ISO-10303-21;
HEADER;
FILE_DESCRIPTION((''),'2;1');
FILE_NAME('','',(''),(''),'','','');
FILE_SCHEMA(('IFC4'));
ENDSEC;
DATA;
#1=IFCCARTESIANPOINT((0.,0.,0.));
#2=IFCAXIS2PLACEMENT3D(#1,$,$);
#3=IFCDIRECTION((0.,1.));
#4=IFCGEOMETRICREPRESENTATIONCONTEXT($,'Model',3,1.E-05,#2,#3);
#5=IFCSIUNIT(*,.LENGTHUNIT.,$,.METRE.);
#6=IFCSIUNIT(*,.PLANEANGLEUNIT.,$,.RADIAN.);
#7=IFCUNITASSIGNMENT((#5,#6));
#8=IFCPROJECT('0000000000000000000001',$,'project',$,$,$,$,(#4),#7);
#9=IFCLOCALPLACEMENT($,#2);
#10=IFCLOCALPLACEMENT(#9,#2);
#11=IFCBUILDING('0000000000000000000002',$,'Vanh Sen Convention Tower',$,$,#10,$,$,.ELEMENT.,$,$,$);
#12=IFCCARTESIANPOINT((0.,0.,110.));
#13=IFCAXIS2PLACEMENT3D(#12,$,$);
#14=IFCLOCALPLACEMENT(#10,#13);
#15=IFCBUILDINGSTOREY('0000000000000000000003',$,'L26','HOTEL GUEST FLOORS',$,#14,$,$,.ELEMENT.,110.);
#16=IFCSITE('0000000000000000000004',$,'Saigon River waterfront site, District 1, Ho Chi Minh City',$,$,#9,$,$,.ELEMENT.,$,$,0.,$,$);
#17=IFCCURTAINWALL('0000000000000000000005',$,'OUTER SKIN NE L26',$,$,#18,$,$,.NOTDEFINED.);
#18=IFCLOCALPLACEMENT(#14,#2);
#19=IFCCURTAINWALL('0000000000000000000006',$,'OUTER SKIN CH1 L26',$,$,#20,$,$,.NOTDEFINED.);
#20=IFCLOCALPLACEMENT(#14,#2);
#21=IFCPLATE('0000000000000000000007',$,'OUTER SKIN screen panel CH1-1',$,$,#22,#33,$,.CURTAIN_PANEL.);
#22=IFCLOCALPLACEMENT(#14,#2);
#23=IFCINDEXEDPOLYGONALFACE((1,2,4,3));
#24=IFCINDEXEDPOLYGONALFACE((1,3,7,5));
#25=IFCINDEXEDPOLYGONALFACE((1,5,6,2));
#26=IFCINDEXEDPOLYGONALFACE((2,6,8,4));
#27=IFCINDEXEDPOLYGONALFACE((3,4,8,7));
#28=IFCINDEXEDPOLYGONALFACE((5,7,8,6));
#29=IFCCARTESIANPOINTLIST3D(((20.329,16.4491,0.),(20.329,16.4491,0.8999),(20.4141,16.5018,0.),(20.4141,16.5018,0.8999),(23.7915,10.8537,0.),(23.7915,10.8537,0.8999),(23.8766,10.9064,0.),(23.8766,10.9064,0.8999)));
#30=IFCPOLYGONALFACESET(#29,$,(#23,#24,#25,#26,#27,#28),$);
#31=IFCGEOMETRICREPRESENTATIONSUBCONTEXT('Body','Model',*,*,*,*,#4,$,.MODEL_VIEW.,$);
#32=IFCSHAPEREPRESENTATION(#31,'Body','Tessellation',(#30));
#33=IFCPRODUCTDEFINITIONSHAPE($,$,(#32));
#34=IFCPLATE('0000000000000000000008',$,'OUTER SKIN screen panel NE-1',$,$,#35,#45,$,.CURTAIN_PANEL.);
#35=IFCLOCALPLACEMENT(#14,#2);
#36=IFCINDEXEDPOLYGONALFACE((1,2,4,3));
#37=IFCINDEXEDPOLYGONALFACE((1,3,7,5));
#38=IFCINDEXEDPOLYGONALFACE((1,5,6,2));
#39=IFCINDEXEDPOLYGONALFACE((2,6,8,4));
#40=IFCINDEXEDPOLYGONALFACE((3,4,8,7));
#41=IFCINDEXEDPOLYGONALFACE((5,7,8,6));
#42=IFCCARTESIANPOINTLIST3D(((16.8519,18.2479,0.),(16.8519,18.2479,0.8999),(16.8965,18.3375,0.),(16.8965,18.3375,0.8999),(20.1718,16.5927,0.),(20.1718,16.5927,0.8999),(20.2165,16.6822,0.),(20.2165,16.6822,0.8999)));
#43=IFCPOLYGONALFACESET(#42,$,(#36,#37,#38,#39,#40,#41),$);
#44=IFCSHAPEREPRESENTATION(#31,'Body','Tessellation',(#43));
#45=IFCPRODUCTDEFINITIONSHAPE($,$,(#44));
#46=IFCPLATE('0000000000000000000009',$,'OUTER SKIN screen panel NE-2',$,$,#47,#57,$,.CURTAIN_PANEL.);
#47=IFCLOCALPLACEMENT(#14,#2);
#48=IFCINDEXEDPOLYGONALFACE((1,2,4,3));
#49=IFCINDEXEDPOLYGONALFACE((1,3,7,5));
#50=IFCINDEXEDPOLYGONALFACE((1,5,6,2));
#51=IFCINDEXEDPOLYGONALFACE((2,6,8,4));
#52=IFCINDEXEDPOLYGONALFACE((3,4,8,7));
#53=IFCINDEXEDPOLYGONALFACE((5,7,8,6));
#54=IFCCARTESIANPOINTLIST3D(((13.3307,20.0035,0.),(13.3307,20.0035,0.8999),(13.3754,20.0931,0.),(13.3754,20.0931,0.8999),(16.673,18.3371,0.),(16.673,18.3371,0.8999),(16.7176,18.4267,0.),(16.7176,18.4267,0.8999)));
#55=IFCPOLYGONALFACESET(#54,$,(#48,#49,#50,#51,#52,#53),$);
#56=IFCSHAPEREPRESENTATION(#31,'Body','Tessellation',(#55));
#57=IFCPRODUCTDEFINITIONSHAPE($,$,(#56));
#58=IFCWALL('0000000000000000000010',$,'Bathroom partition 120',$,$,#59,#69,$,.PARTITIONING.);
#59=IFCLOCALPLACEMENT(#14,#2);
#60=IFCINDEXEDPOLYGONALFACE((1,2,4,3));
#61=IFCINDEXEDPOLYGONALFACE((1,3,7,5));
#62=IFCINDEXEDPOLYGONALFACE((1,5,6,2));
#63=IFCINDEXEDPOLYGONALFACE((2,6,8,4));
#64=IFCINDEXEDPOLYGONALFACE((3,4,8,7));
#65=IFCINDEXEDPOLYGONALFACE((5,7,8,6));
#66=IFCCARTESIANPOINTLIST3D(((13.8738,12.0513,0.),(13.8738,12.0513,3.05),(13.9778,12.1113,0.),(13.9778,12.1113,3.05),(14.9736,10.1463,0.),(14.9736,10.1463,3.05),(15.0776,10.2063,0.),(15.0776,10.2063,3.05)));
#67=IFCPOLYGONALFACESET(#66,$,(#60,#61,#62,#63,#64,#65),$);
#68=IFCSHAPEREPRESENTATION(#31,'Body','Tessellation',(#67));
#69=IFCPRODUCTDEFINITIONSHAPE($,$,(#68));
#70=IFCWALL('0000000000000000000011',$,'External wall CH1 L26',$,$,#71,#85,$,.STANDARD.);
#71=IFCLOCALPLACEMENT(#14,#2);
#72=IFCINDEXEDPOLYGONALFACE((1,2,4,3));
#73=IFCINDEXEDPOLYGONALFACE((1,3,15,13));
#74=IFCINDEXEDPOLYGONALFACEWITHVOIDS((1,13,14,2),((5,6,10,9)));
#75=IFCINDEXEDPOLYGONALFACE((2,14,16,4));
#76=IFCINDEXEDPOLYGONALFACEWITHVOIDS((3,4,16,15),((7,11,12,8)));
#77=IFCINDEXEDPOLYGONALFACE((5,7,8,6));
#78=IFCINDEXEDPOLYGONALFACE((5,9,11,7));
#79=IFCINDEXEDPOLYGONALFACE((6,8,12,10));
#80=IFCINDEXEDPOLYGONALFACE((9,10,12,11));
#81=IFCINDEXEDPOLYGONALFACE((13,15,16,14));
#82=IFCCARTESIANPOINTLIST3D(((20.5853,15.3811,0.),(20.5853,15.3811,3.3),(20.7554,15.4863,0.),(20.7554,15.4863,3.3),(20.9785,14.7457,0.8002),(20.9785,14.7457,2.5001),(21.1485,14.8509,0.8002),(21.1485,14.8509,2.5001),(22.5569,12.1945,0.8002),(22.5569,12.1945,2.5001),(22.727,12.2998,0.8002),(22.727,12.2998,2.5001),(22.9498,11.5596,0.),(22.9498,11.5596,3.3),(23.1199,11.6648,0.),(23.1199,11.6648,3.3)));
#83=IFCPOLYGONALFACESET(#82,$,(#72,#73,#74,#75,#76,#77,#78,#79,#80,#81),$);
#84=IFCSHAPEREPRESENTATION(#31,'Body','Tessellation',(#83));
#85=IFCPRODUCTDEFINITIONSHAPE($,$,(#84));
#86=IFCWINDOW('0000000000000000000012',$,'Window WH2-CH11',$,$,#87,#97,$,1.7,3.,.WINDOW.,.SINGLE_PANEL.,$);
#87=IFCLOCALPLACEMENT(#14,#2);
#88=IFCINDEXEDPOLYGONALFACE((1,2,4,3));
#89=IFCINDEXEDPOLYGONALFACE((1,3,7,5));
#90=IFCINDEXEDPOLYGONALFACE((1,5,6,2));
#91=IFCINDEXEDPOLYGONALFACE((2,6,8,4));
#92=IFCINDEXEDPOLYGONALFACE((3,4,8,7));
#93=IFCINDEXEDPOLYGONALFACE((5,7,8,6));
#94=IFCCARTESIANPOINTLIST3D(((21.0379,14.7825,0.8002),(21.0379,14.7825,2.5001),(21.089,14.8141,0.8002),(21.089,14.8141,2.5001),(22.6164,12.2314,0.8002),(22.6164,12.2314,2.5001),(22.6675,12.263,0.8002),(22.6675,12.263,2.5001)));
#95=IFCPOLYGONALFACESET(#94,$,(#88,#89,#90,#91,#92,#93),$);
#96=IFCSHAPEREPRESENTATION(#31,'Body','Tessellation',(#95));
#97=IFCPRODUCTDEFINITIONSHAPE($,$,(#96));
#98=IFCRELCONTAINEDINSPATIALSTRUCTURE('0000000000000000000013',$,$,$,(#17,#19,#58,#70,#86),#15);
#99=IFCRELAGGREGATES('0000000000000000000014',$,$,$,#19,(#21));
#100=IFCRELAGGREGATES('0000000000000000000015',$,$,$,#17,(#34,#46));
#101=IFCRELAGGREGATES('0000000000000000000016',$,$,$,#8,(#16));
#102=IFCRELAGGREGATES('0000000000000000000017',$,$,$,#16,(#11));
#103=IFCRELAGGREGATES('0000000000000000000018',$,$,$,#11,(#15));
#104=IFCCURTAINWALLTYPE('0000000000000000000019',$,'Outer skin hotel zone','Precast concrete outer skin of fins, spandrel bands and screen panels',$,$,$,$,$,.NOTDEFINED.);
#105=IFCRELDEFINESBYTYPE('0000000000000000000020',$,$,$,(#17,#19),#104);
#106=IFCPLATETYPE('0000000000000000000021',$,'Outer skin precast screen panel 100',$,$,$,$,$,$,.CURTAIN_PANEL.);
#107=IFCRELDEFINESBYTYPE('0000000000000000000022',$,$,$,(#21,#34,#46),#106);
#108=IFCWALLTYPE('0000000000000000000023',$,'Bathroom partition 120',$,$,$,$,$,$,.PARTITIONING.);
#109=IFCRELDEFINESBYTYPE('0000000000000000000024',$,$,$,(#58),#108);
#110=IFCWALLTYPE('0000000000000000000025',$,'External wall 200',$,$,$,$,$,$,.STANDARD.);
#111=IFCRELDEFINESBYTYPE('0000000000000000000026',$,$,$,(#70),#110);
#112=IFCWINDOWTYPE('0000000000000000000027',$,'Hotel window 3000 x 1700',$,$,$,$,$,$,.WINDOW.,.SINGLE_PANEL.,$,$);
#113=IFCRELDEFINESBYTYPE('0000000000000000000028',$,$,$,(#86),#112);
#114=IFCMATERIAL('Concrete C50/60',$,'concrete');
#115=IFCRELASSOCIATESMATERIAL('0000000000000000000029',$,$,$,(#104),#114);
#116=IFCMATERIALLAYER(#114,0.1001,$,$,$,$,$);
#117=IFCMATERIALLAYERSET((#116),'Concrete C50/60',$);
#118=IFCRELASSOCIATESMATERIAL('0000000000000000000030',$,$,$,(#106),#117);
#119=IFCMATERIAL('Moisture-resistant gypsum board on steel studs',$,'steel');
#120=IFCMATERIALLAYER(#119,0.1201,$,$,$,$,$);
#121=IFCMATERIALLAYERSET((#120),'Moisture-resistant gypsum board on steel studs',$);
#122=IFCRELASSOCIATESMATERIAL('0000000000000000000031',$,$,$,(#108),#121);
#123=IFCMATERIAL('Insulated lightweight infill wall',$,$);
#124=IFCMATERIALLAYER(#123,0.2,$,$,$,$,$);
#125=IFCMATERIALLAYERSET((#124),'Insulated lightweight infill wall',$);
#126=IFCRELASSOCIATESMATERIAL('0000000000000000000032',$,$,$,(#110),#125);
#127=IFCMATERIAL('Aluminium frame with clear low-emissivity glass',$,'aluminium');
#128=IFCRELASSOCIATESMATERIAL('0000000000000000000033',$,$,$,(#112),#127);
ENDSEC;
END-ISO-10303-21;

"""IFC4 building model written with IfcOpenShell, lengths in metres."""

from ifc_helpers import new_model, si_unit, direction, frame, frame_2d, origin, origin_2d, place, context, subcontext, project, spatial, rectangle, extrude, material, layer, layer_set, type_object, element, fill, aggregate, save


model = new_model("IFC4")

# Units and contexts
model_context = context("Model", 3, precision=1e-05, world=origin(), true_north=direction((0.0, 1.0)))
body_context = subcontext(model_context, "Body", "Model", "MODEL_VIEW")
ifc_project = project(units=[si_unit("LENGTHUNIT", "METRE"), si_unit("PLANEANGLEUNIT", "RADIAN")], contexts=[model_context])

# Site, building, storey
site_placement = place(None, origin())
site = spatial("IfcSite", under=ifc_project, at=site_placement, Name="Saigon River waterfront site, District 1, Ho Chi Minh City", CompositionType="ELEMENT", RefElevation=0.0)
building_placement = place(site_placement, origin())
building = spatial("IfcBuilding", under=site, at=building_placement, Name="Vanh Sen Convention Tower", CompositionType="ELEMENT")
storey_placement = place(building_placement, frame((0.0, 0.0, 110.0)))
storey = spatial("IfcBuildingStorey", under=building, at=storey_placement, Name="L26", Description="HOTEL GUEST FLOORS", CompositionType="ELEMENT", Elevation=110.0)

# Curtain wall
ifc_material_1 = material(Name="Concrete C50/60", Category="concrete")
curtain_wall_type = type_object("IfcCurtainWallType", Name="Outer skin hotel zone", Description="Precast concrete outer skin of fins, spandrel bands and screen panels", PredefinedType="NOTDEFINED", material=ifc_material_1)
curtain_wall_1_placement = place(storey_placement, origin())
curtain_wall_1 = element("IfcCurtainWall", 1, at=curtain_wall_1_placement, inside=storey, type_object=curtain_wall_type, Name="OUTER SKIN NE L26", PredefinedType="NOTDEFINED")

# Curtain wall, plate
curtain_wall_2_placement = place(storey_placement, origin())
curtain_wall_2 = element("IfcCurtainWall", 2, at=curtain_wall_2_placement, inside=storey, type_object=curtain_wall_type, Name="OUTER SKIN CH1 L26", PredefinedType="NOTDEFINED")
ifc_layer_1 = layer(ifc_material_1, 0.1001)
ifc_layer_set_1 = layer_set([ifc_layer_1], Name="Concrete C50/60")
plate_type = type_object("IfcPlateType", Name="Outer skin precast screen panel 100", PredefinedType="CURTAIN_PANEL", material=ifc_layer_set_1)
plate_1_placement = place(storey_placement, frame((22.1028, 13.6777, 0.0), z_axis=(0.0, 0.0, 1.0), x_axis=(-0.526212, 0.850353, 0.0)))
plate_1 = element("IfcPlate", 3, at=plate_1_placement, type_object=plate_type, Name="OUTER SKIN screen panel CH1-1", PredefinedType="CURTAIN_PANEL", context=body_context, shape_type="SweptSolid", body=[
    extrude(rectangle(XDim=6.5801, YDim=0.1001, at=origin_2d()), origin(), (0.0, 0.0, 1.0), 0.8999),
])
aggregate(curtain_wall_2, [plate_1])

# Plates
plate_2_placement = place(storey_placement, frame((18.5342, 17.4651, 0.0), z_axis=(0.0, 0.0, 1.0), x_axis=(-0.894935, 0.446196, 0.0)))
plate_2 = element("IfcPlate", 4, at=plate_2_placement, type_object=plate_type, Name="OUTER SKIN screen panel NE-1", PredefinedType="CURTAIN_PANEL", context=body_context, shape_type="SweptSolid", body=[
    extrude(rectangle(XDim=3.7097, YDim=0.1001, at=origin_2d()), origin(), (0.0, 0.0, 1.0), 0.8999),
])
plate_3_placement = place(storey_placement, frame((15.0242, 19.2151, 0.0), z_axis=(0.0, 0.0, 1.0), x_axis=(-0.894935, 0.446196, 0.0)))
plate_3 = element("IfcPlate", 5, at=plate_3_placement, type_object=plate_type, Name="OUTER SKIN screen panel NE-2", PredefinedType="CURTAIN_PANEL", context=body_context, shape_type="SweptSolid", body=[
    extrude(rectangle(XDim=3.7346, YDim=0.1001, at=origin_2d()), origin(), (0.0, 0.0, 1.0), 0.8999),
])
aggregate(curtain_wall_1, [plate_2, plate_3])

# Wall
ifc_material_2 = material(Name="Moisture-resistant gypsum board on steel studs", Category="steel")
ifc_layer_2 = layer(ifc_material_2, 0.1201)
ifc_layer_set_2 = layer_set([ifc_layer_2], Name="Moisture-resistant gypsum board on steel studs")
wall_type_1 = type_object("IfcWallType", Name="Bathroom partition 120", PredefinedType="PARTITIONING", material=ifc_layer_set_2)
wall_1_placement = place(storey_placement, frame((13.9258, 12.0813, 0.0), z_axis=(0.0, 0.0, 1.0), x_axis=(0.499995, -0.866028, 0.0)))
element("IfcWall", 6, at=wall_1_placement, inside=storey, type_object=wall_type_1, Name="Bathroom partition 120", PredefinedType="PARTITIONING", context=body_context, shape_type="SweptSolid", body=[
    extrude(rectangle(XDim=2.1997, YDim=0.1201, at=frame_2d((1.0999, 0.0))), origin(), (0.0, 0.0, 1.0), 3.05),
])

# Wall, opening, window
ifc_material_3 = material(Name="Insulated lightweight infill wall")
ifc_layer_3 = layer(ifc_material_3, 0.2)
ifc_layer_set_3 = layer_set([ifc_layer_3], Name="Insulated lightweight infill wall")
wall_type_2 = type_object("IfcWallType", Name="External wall 200", PredefinedType="STANDARD", material=ifc_layer_set_3)
wall_2_placement = place(storey_placement, frame((23.0349, 11.6121, 0.0), z_axis=(0.0, 0.0, 1.0), x_axis=(-0.52616, 0.850386, 0.0)))
wall_2 = element("IfcWall", 7, at=wall_2_placement, inside=storey, type_object=wall_type_2, Name="External wall CH1 L26", PredefinedType="STANDARD", context=body_context, shape_type="SweptSolid", body=[
    extrude(rectangle(XDim=4.4939, YDim=0.2, at=frame_2d((2.2471, 0.0))), origin(), (0.0, 0.0, 1.0), 3.3),
])
opening_1_placement = place(wall_2_placement, frame((0.7468, 0.0, 0.8)))
opening_1 = element("IfcOpeningElement", 8, at=opening_1_placement, cuts=wall_2, PredefinedType="OPENING", context=body_context, shape_type="SweptSolid", body=[
    extrude(rectangle(XDim=3.0, YDim=1.7, at=frame_2d((1.5, 0.8501))), frame((0.0, 0.1099, 0.0), z_axis=(0.0, -1.0, 0.0), x_axis=(1.0, 0.0, 0.0)), (0.0, 0.0, 1.0), 0.22),
])
ifc_material_4 = material(Name="Aluminium frame with clear low-emissivity glass", Category="aluminium")
window_type_1 = type_object("IfcWindowType", Name="Hotel window 3000 x 1700", PartitioningType="SINGLE_PANEL", PredefinedType="WINDOW", material=ifc_material_4)
window_1_placement = place(opening_1_placement, origin())
window_1 = element("IfcWindow", 9, at=window_1_placement, inside=storey, type_object=window_type_1, Name="Window WH2-CH11", OverallHeight=1.7, OverallWidth=3.0, PartitioningType="SINGLE_PANEL", PredefinedType="WINDOW", context=body_context, shape_type="SweptSolid", body=[
    extrude(rectangle(XDim=3.0, YDim=1.7, at=frame_2d((1.5, 0.8501))), frame((0.0, 0.03, 0.0), z_axis=(0.0, -1.0, 0.0), x_axis=(1.0, 0.0, 0.0)), (0.0, 0.0, 1.0), 0.0601),
])
fill(opening_1, window_1)

save(model, "model.ifc")
